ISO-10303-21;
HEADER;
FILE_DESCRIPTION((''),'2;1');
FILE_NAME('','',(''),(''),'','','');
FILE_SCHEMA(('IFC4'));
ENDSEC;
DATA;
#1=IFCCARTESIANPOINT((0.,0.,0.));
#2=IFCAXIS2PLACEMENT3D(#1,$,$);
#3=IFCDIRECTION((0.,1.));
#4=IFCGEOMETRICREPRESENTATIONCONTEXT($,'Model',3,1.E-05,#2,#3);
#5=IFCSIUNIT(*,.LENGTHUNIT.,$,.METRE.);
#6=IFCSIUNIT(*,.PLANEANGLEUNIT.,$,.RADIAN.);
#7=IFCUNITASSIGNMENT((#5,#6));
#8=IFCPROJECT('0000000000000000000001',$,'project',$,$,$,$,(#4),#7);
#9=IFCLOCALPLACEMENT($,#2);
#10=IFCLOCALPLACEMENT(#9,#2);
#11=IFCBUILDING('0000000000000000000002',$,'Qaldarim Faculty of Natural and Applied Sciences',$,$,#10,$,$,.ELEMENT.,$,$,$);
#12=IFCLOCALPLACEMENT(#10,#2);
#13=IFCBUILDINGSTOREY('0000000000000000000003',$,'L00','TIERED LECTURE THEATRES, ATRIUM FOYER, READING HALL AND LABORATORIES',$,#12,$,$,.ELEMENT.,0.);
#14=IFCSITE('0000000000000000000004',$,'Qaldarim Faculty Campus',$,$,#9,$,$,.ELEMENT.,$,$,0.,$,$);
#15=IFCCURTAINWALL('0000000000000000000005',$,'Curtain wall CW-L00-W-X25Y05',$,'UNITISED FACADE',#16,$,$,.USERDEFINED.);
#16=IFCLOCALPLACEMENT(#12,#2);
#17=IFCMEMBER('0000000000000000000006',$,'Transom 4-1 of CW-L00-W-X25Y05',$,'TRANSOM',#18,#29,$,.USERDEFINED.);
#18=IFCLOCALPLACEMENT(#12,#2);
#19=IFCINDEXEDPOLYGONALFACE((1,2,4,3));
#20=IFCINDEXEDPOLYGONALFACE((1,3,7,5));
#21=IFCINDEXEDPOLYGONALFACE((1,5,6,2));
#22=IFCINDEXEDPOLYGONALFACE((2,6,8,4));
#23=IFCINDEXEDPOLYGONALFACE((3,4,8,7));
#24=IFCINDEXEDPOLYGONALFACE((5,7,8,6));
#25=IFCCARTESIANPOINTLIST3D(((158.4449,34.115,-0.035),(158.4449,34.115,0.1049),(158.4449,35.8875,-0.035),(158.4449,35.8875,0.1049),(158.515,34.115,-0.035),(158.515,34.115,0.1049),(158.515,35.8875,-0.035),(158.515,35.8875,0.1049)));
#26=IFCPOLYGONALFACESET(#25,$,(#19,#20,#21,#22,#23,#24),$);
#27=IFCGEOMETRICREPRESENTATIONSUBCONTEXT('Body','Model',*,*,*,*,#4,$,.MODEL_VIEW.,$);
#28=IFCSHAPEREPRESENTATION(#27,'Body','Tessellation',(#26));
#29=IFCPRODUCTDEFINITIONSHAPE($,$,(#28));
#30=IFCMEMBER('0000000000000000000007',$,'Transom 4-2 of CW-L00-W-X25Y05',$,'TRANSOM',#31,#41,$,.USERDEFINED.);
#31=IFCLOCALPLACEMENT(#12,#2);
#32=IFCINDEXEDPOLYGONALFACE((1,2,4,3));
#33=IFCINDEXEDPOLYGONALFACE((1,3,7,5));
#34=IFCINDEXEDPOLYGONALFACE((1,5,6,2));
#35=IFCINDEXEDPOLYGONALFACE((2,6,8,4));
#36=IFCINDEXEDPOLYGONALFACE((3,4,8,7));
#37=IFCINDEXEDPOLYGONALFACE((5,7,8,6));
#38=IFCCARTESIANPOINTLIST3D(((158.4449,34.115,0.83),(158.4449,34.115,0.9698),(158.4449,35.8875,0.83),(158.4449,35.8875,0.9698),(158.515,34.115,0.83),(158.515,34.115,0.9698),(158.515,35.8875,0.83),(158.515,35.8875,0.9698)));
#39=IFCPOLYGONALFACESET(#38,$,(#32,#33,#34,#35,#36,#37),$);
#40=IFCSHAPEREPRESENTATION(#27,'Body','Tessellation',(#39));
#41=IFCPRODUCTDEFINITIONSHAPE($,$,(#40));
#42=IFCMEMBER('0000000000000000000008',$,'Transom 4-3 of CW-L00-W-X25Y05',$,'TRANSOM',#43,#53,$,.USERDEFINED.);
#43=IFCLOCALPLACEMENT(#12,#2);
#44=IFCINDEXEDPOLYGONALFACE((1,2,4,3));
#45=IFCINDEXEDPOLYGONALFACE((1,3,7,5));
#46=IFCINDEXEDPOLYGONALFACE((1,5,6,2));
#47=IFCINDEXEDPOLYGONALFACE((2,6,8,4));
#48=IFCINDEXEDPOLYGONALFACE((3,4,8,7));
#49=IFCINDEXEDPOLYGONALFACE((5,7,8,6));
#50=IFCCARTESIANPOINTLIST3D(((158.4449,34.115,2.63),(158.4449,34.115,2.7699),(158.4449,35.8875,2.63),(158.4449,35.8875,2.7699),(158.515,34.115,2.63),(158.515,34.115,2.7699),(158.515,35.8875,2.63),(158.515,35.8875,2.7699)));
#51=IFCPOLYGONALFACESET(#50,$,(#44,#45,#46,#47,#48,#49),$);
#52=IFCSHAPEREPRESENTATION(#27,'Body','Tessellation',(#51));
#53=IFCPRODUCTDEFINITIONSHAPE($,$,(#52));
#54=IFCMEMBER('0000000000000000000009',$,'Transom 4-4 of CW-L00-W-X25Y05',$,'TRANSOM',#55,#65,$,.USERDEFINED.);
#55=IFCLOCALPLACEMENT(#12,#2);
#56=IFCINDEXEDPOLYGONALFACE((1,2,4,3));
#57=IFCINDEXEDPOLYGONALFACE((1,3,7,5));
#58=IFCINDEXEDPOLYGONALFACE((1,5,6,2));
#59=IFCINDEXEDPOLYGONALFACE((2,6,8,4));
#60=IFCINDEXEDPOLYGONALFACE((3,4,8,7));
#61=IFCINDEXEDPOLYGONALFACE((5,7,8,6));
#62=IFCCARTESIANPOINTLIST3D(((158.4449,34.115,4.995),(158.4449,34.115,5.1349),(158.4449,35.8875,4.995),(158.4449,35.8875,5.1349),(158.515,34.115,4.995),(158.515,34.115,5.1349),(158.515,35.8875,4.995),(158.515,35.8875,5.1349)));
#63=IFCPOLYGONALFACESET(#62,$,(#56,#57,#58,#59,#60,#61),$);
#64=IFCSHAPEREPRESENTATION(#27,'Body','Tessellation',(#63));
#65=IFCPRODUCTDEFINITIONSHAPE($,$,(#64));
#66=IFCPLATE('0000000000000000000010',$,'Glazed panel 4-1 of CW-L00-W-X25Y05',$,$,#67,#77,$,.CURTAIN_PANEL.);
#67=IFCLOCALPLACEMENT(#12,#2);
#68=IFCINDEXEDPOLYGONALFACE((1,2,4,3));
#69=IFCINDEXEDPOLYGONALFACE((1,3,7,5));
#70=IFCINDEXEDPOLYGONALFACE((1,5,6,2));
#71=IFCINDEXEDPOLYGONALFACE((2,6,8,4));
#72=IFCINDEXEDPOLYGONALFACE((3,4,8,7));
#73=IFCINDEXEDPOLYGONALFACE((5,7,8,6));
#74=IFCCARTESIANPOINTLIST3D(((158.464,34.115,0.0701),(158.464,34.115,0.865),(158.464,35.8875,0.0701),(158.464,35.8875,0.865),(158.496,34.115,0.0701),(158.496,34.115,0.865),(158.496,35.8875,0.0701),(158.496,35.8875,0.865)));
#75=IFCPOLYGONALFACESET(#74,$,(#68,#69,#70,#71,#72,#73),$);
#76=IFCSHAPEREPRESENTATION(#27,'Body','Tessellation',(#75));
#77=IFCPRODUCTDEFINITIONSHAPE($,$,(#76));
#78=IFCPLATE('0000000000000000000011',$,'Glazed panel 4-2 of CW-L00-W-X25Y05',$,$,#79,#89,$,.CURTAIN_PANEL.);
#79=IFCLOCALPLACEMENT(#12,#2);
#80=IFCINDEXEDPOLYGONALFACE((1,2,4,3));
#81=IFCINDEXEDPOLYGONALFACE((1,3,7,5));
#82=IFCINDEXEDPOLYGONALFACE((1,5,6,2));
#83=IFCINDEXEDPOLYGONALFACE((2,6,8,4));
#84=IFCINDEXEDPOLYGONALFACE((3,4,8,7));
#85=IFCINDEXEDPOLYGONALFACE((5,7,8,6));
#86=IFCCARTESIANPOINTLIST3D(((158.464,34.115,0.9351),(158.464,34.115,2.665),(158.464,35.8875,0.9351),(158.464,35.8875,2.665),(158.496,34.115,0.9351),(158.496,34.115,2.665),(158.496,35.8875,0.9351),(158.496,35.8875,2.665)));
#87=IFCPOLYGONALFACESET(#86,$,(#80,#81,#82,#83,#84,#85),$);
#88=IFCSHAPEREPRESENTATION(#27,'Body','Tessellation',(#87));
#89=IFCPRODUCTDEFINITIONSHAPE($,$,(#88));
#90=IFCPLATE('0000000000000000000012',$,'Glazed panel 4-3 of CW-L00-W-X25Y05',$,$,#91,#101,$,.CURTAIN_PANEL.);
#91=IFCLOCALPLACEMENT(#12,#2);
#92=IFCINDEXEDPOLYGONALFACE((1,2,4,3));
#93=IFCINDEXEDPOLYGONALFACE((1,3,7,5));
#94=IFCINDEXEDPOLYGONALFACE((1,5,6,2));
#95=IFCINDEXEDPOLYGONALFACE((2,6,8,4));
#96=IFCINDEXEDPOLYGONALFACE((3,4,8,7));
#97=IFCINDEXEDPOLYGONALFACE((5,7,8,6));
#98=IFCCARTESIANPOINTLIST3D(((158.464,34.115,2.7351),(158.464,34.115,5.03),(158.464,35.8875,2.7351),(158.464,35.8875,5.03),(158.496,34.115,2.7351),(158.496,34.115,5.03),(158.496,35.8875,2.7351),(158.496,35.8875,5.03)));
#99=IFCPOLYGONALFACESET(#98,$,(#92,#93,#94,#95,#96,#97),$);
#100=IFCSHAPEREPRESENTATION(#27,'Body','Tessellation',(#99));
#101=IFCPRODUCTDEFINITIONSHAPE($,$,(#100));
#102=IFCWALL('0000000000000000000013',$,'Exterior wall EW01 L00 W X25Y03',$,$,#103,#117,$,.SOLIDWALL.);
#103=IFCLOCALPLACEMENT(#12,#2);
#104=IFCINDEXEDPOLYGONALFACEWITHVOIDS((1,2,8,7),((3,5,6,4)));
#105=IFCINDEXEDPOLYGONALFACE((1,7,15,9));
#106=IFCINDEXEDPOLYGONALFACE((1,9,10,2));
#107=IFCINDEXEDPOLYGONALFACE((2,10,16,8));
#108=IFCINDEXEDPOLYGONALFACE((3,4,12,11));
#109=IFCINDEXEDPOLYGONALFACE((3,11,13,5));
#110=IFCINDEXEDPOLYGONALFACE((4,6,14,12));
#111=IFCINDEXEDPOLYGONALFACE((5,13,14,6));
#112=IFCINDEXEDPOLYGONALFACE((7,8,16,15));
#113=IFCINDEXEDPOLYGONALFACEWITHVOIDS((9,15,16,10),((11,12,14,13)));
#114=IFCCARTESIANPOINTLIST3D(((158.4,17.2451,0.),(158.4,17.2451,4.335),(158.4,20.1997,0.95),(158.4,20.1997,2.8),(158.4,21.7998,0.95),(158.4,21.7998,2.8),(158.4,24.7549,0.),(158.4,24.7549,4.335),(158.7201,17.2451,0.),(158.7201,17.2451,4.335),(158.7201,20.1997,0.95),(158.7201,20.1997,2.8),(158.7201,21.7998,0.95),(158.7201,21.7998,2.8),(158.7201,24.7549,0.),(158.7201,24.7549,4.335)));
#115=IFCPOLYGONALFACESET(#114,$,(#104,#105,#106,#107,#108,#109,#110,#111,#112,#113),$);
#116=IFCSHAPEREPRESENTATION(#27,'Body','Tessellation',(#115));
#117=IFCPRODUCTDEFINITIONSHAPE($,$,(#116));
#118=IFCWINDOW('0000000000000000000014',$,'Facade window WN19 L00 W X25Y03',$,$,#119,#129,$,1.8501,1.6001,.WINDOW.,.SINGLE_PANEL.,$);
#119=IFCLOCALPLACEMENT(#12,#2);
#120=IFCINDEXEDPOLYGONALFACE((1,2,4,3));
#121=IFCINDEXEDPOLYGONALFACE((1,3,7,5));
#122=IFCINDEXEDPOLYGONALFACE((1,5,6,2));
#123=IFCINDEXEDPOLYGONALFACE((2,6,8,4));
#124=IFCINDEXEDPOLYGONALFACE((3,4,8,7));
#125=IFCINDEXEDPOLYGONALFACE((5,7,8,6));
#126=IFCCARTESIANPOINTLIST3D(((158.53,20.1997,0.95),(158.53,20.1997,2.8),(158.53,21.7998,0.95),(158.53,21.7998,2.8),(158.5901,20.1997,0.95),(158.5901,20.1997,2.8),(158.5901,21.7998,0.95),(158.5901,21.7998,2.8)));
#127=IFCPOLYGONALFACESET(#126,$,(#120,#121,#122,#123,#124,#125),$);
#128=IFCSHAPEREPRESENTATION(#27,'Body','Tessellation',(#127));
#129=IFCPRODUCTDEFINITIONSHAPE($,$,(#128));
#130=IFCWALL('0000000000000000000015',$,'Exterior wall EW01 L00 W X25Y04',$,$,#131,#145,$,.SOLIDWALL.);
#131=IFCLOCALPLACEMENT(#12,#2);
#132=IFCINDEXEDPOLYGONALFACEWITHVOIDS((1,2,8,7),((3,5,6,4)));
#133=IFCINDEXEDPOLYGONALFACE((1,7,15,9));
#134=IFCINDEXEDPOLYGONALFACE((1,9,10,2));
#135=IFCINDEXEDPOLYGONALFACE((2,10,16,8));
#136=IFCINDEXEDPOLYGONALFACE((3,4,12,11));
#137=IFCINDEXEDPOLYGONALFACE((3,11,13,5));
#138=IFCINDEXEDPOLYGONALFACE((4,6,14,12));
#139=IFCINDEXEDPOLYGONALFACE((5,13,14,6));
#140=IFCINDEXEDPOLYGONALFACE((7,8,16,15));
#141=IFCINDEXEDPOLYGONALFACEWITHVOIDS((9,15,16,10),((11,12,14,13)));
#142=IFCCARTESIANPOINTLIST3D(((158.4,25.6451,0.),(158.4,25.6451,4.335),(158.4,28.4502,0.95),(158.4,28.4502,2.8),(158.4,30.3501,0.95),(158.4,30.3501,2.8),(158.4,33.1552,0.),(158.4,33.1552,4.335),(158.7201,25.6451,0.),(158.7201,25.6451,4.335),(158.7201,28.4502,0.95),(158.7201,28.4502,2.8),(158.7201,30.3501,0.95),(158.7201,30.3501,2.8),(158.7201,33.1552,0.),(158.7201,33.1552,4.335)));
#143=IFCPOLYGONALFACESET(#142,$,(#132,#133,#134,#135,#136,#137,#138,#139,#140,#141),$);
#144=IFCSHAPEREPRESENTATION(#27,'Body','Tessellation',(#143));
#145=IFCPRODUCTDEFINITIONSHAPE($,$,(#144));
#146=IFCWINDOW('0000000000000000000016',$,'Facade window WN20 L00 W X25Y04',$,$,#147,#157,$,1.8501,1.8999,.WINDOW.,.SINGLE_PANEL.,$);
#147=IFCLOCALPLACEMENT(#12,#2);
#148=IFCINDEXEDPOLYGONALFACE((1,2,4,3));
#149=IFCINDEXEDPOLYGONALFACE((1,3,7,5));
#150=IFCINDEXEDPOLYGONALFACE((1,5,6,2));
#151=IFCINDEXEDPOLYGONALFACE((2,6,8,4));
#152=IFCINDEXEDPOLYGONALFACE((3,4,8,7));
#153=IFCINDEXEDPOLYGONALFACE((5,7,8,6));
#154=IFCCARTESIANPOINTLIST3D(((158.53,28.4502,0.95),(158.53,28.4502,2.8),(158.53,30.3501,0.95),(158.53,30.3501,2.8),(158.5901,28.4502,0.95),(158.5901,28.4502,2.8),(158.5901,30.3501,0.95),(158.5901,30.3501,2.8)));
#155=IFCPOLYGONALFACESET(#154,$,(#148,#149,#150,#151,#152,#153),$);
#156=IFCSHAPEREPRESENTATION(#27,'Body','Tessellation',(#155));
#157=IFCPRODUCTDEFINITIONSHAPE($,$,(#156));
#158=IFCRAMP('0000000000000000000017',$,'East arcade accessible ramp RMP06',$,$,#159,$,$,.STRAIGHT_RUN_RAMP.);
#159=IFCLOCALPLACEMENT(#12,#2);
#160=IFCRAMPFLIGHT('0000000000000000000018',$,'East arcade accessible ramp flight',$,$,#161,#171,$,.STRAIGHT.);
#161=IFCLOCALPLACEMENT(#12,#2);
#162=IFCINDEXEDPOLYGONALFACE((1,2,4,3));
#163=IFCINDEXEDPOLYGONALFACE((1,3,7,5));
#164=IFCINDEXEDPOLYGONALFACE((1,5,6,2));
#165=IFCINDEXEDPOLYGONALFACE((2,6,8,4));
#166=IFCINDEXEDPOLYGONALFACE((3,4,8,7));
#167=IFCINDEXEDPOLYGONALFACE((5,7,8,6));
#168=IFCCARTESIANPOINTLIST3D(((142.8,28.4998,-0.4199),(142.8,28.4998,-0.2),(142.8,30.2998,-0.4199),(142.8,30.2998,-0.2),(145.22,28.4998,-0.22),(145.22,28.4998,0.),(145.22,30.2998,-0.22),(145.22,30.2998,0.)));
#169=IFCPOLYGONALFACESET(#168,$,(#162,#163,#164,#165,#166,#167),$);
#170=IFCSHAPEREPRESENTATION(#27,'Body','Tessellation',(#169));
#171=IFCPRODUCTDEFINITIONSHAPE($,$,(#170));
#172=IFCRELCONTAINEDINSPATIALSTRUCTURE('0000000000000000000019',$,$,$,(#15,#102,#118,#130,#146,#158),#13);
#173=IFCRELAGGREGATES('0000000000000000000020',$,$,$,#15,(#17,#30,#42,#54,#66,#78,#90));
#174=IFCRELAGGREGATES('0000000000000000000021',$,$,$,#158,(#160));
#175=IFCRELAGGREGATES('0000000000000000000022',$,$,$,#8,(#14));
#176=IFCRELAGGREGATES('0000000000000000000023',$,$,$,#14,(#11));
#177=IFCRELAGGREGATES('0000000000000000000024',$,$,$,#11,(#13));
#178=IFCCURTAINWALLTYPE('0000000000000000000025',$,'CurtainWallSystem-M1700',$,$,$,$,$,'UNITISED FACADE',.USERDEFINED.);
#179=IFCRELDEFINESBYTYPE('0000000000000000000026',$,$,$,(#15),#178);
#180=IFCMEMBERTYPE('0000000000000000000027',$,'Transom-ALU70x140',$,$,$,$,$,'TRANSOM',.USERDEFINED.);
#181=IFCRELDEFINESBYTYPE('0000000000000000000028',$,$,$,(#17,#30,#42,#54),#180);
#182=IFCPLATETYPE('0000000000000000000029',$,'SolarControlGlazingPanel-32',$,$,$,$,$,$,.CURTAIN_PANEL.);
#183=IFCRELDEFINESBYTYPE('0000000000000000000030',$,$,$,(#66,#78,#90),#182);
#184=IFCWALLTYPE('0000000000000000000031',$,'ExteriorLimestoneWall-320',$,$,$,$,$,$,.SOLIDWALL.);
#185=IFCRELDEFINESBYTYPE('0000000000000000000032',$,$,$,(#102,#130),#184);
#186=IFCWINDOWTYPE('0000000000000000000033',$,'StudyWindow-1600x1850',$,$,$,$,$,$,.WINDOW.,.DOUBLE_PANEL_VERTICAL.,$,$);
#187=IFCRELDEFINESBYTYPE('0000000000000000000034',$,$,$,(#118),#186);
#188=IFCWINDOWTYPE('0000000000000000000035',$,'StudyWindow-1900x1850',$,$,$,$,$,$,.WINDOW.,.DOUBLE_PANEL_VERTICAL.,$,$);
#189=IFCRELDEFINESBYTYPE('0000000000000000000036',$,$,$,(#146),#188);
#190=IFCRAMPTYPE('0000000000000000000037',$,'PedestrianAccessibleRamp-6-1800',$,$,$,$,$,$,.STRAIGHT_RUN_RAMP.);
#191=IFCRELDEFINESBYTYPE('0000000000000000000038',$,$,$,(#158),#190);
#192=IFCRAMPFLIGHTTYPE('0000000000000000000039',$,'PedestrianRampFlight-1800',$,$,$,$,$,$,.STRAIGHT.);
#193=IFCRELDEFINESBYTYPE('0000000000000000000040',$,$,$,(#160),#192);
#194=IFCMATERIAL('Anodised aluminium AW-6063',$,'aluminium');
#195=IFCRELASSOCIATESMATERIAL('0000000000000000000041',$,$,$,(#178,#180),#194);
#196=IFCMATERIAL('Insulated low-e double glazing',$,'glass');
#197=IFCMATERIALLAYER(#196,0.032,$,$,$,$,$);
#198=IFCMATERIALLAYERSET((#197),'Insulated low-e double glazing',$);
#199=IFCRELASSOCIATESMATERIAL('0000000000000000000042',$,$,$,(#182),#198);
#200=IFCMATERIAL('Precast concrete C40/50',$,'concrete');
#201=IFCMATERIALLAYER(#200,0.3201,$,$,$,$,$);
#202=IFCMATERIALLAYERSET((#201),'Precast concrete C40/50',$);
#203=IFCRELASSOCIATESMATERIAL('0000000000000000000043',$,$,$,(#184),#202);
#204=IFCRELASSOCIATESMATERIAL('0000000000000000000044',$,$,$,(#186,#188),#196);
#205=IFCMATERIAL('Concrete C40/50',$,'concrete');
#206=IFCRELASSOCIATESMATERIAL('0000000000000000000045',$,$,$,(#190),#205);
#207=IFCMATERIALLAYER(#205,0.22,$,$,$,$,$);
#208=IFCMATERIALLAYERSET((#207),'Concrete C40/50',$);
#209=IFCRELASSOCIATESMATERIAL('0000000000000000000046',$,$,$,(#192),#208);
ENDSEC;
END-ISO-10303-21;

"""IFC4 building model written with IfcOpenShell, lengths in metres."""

from ifc_helpers import new_model, si_unit, direction, frame, frame_2d, origin, origin_2d, place, context, subcontext, project, spatial, polyline, rectangle, outline, extrude, material, layer, layer_set, material_profile, profile_set, type_object, element, fill, aggregate, save


model = new_model("IFC4")

# Units and contexts
model_context = context("Model", 3, precision=1e-05, world=origin(), true_north=direction((0.0, 1.0)))
body_context = subcontext(model_context, "Body", "Model", "MODEL_VIEW")
ifc_project = project(units=[si_unit("LENGTHUNIT", "METRE"), si_unit("PLANEANGLEUNIT", "RADIAN")], contexts=[model_context])

# Site, building, storey
site_placement = place(None, origin())
site = spatial("IfcSite", under=ifc_project, at=site_placement, Name="Qaldarim Faculty Campus", CompositionType="ELEMENT", RefElevation=0.0)
building_placement = place(site_placement, origin())
building = spatial("IfcBuilding", under=site, at=building_placement, Name="Qaldarim Faculty of Natural and Applied Sciences", CompositionType="ELEMENT")
storey_placement = place(building_placement, origin())
storey = spatial("IfcBuildingStorey", under=building, at=storey_placement, Name="L00", Description="TIERED LECTURE THEATRES, ATRIUM FOYER, READING HALL AND LABORATORIES", CompositionType="ELEMENT", Elevation=0.0)

# Shared definitions
ifc_material_1 = material(Name="Concrete C40/50", Category="concrete")

# Curtain wall
ifc_material_2 = material(Name="Anodised aluminium AW-6063", Category="aluminium")
curtain_wall_type = type_object("IfcCurtainWallType", Name="CurtainWallSystem-M1700", ElementType="UNITISED FACADE", PredefinedType="USERDEFINED", material=ifc_material_2)
curtain_wall_placement = place(storey_placement, origin())
curtain_wall = element("IfcCurtainWall", 1, at=curtain_wall_placement, inside=storey, type_object=curtain_wall_type, Name="Curtain wall CW-L00-W-X25Y05", ObjectType="UNITISED FACADE", PredefinedType="USERDEFINED")

# Members
ifc_material_profile_1 = material_profile(ifc_material_2, rectangle(XDim=0.0701, YDim=0.1399, at=origin_2d()), Name="ALU-T70x140")
ifc_profile_set_1 = profile_set([ifc_material_profile_1], Name="Anodised aluminium AW-6063")
member_type_1 = type_object("IfcMemberType", Name="Transom-ALU70x140", ElementType="TRANSOM", PredefinedType="USERDEFINED", material=ifc_profile_set_1)
member_1_placement = place(storey_placement, frame((158.48, 35.8875, 0.0349), z_axis=(0.0, -1.0, 0.0), x_axis=(1.0, 0.0, 0.0)))
member_1 = element("IfcMember", 2, at=member_1_placement, type_object=member_type_1, Name="Transom 4-1 of CW-L00-W-X25Y05", ObjectType="TRANSOM", PredefinedType="USERDEFINED", context=body_context, shape_type="SweptSolid", body=[
    extrude(rectangle(XDim=0.0701, YDim=0.1399, at=origin_2d()), origin(), (0.0, 0.0, 1.0), 1.7725),
])
member_2_placement = place(storey_placement, frame((158.48, 35.8875, 0.8999), z_axis=(0.0, -1.0, 0.0), x_axis=(1.0, 0.0, 0.0)))
member_2 = element("IfcMember", 3, at=member_2_placement, type_object=member_type_1, Name="Transom 4-2 of CW-L00-W-X25Y05", ObjectType="TRANSOM", PredefinedType="USERDEFINED", context=body_context, shape_type="SweptSolid", body=[
    extrude(rectangle(XDim=0.0701, YDim=0.1399, at=origin_2d()), origin(), (0.0, 0.0, 1.0), 1.7725),
])
member_3_placement = place(storey_placement, frame((158.48, 35.8875, 2.7), z_axis=(0.0, -1.0, 0.0), x_axis=(1.0, 0.0, 0.0)))
member_3 = element("IfcMember", 4, at=member_3_placement, type_object=member_type_1, Name="Transom 4-3 of CW-L00-W-X25Y05", ObjectType="TRANSOM", PredefinedType="USERDEFINED", context=body_context, shape_type="SweptSolid", body=[
    extrude(rectangle(XDim=0.0701, YDim=0.1399, at=origin_2d()), origin(), (0.0, 0.0, 1.0), 1.7725),
])
member_4_placement = place(storey_placement, frame((158.48, 35.8875, 5.0649), z_axis=(0.0, -1.0, 0.0), x_axis=(1.0, 0.0, 0.0)))
member_4 = element("IfcMember", 5, at=member_4_placement, type_object=member_type_1, Name="Transom 4-4 of CW-L00-W-X25Y05", ObjectType="TRANSOM", PredefinedType="USERDEFINED", context=body_context, shape_type="SweptSolid", body=[
    extrude(rectangle(XDim=0.0701, YDim=0.1399, at=origin_2d()), origin(), (0.0, 0.0, 1.0), 1.7725),
])

# Plates
ifc_material_3 = material(Name="Insulated low-e double glazing", Category="glass")
ifc_layer_1 = layer(ifc_material_3, 0.032)
ifc_layer_set_1 = layer_set([ifc_layer_1], Name="Insulated low-e double glazing")
plate_type = type_object("IfcPlateType", Name="SolarControlGlazingPanel-32", PredefinedType="CURTAIN_PANEL", material=ifc_layer_set_1)
plate_1_placement = place(storey_placement, frame((158.48, 35.0012, 0.0701), z_axis=(0.0, 0.0, 1.0), x_axis=(0.0, -1.0, 0.0)))
plate_1 = element("IfcPlate", 6, at=plate_1_placement, type_object=plate_type, Name="Glazed panel 4-1 of CW-L00-W-X25Y05", PredefinedType="CURTAIN_PANEL", context=body_context, shape_type="SweptSolid", body=[
    extrude(rectangle(XDim=1.7725, YDim=0.032, at=origin_2d()), origin(), (0.0, 0.0, 1.0), 0.7949),
])
plate_2_placement = place(storey_placement, frame((158.48, 35.0012, 0.9351), z_axis=(0.0, 0.0, 1.0), x_axis=(0.0, -1.0, 0.0)))
plate_2 = element("IfcPlate", 7, at=plate_2_placement, type_object=plate_type, Name="Glazed panel 4-2 of CW-L00-W-X25Y05", PredefinedType="CURTAIN_PANEL", context=body_context, shape_type="SweptSolid", body=[
    extrude(rectangle(XDim=1.7725, YDim=0.032, at=origin_2d()), origin(), (0.0, 0.0, 1.0), 1.73),
])
plate_3_placement = place(storey_placement, frame((158.48, 35.0012, 2.7351), z_axis=(0.0, 0.0, 1.0), x_axis=(0.0, -1.0, 0.0)))
plate_3 = element("IfcPlate", 8, at=plate_3_placement, type_object=plate_type, Name="Glazed panel 4-3 of CW-L00-W-X25Y05", PredefinedType="CURTAIN_PANEL", context=body_context, shape_type="SweptSolid", body=[
    extrude(rectangle(XDim=1.7725, YDim=0.032, at=origin_2d()), origin(), (0.0, 0.0, 1.0), 2.2949),
])
aggregate(curtain_wall, [member_1, member_2, member_3, member_4, plate_1, plate_2, plate_3])

# Walls, openings, windows
ifc_material_4 = material(Name="Precast concrete C40/50", Category="concrete")
ifc_layer_2 = layer(ifc_material_4, 0.3201)
ifc_layer_set_2 = layer_set([ifc_layer_2], Name="Precast concrete C40/50")
wall_type = type_object("IfcWallType", Name="ExteriorLimestoneWall-320", PredefinedType="SOLIDWALL", material=ifc_layer_set_2)
wall_1_placement = place(storey_placement, frame((158.5601, 24.7549, 0.0), z_axis=(0.0, 0.0, 1.0), x_axis=(0.0, -1.0, 0.0)))
wall_1 = element("IfcWall", 9, at=wall_1_placement, inside=storey, type_object=wall_type, Name="Exterior wall EW01 L00 W X25Y03", PredefinedType="SOLIDWALL", context=body_context, shape_type="SweptSolid", body=[
    extrude(rectangle(XDim=7.5098, YDim=0.3201, at=frame_2d((3.7549, 0.0))), origin(), (0.0, 0.0, 1.0), 4.335),
])
opening_1_placement = place(wall_1_placement, frame((2.9551, 0.0, 0.95)))
opening_1 = element("IfcOpeningElement", 10, at=opening_1_placement, cuts=wall_1, PredefinedType="OPENING", context=body_context, shape_type="SweptSolid", body=[
    extrude(rectangle(XDim=1.6001, YDim=1.8501, at=frame_2d((0.8, 0.925))), frame((0.0, 0.1699, 0.0), z_axis=(0.0, -1.0, 0.0), x_axis=(1.0, 0.0, 0.0)), (0.0, 0.0, 1.0), 0.3401),
])
window_type_1 = type_object("IfcWindowType", Name="StudyWindow-1600x1850", PartitioningType="DOUBLE_PANEL_VERTICAL", PredefinedType="WINDOW", material=ifc_material_3)
window_1_placement = place(opening_1_placement, origin())
window_1 = element("IfcWindow", 11, at=window_1_placement, inside=storey, type_object=window_type_1, Name="Facade window WN19 L00 W X25Y03", OverallHeight=1.8501, OverallWidth=1.6001, PartitioningType="SINGLE_PANEL", PredefinedType="WINDOW", context=body_context, shape_type="SweptSolid", body=[
    extrude(rectangle(XDim=1.6001, YDim=1.8501, at=frame_2d((0.8, 0.925))), frame((0.0, 0.03, 0.0), z_axis=(0.0, -1.0, 0.0), x_axis=(1.0, 0.0, 0.0)), (0.0, 0.0, 1.0), 0.0601),
])
fill(opening_1, window_1)
wall_2_placement = place(storey_placement, frame((158.5601, 33.155, 0.0), z_axis=(0.0, 0.0, 1.0), x_axis=(0.0, -1.0, 0.0)))
wall_2 = element("IfcWall", 12, at=wall_2_placement, inside=storey, type_object=wall_type, Name="Exterior wall EW01 L00 W X25Y04", PredefinedType="SOLIDWALL", context=body_context, shape_type="SweptSolid", body=[
    extrude(rectangle(XDim=7.51, YDim=0.3201, at=frame_2d((3.7549, 0.0))), origin(), (0.0, 0.0, 1.0), 4.335),
])
opening_2_placement = place(wall_2_placement, frame((2.8049, 0.0, 0.95)))
opening_2 = element("IfcOpeningElement", 13, at=opening_2_placement, cuts=wall_2, PredefinedType="OPENING", context=body_context, shape_type="SweptSolid", body=[
    extrude(rectangle(XDim=1.8999, YDim=1.8501, at=frame_2d((0.95, 0.925))), frame((0.0, 0.1699, 0.0), z_axis=(0.0, -1.0, 0.0), x_axis=(1.0, 0.0, 0.0)), (0.0, 0.0, 1.0), 0.3401),
])
window_type_2 = type_object("IfcWindowType", Name="StudyWindow-1900x1850", PartitioningType="DOUBLE_PANEL_VERTICAL", PredefinedType="WINDOW", material=ifc_material_3)
window_2_placement = place(opening_2_placement, origin())
window_2 = element("IfcWindow", 14, at=window_2_placement, inside=storey, type_object=window_type_2, Name="Facade window WN20 L00 W X25Y04", OverallHeight=1.8501, OverallWidth=1.8999, PartitioningType="SINGLE_PANEL", PredefinedType="WINDOW", context=body_context, shape_type="SweptSolid", body=[
    extrude(rectangle(XDim=1.8999, YDim=1.8501, at=frame_2d((0.95, 0.925))), frame((0.0, 0.03, 0.0), z_axis=(0.0, -1.0, 0.0), x_axis=(1.0, 0.0, 0.0)), (0.0, 0.0, 1.0), 0.0601),
])
fill(opening_2, window_2)

# Ramp, ramp flight
ramp_type = type_object("IfcRampType", Name="PedestrianAccessibleRamp-6-1800", PredefinedType="STRAIGHT_RUN_RAMP", material=ifc_material_1)
ramp_placement = place(storey_placement, origin())
ramp = element("IfcRamp", 15, at=ramp_placement, inside=storey, type_object=ramp_type, Name="East arcade accessible ramp RMP06", PredefinedType="STRAIGHT_RUN_RAMP")
ifc_layer_3 = layer(ifc_material_1, 0.22)
ifc_layer_set_3 = layer_set([ifc_layer_3], Name="Concrete C40/50")
ramp_flight_type = type_object("IfcRampFlightType", Name="PedestrianRampFlight-1800", PredefinedType="STRAIGHT", material=ifc_layer_set_3)
ramp_flight_placement = place(storey_placement, frame((142.8, 29.3999, -0.2), z_axis=(0.0, 0.0, 1.0), x_axis=(1.0, 0.0, 0.0)))
ramp_flight = element("IfcRampFlight", 16, at=ramp_flight_placement, type_object=ramp_flight_type, Name="East arcade accessible ramp flight", PredefinedType="STRAIGHT", context=body_context, shape_type="SweptSolid", body=[
    extrude(outline(polyline([(0.0, 0.0), (2.4199, 0.2), (2.4199, -0.02), (0.0, -0.22), (0.0, 0.0)])), frame((0.0, 0.8999, 0.0), z_axis=(0.0, -1.0, 0.0), x_axis=(1.0, 0.0, 0.0)), (0.0, 0.0, 1.0), 1.8),
])
aggregate(ramp, [ramp_flight])

save(model, "model.ifc")
